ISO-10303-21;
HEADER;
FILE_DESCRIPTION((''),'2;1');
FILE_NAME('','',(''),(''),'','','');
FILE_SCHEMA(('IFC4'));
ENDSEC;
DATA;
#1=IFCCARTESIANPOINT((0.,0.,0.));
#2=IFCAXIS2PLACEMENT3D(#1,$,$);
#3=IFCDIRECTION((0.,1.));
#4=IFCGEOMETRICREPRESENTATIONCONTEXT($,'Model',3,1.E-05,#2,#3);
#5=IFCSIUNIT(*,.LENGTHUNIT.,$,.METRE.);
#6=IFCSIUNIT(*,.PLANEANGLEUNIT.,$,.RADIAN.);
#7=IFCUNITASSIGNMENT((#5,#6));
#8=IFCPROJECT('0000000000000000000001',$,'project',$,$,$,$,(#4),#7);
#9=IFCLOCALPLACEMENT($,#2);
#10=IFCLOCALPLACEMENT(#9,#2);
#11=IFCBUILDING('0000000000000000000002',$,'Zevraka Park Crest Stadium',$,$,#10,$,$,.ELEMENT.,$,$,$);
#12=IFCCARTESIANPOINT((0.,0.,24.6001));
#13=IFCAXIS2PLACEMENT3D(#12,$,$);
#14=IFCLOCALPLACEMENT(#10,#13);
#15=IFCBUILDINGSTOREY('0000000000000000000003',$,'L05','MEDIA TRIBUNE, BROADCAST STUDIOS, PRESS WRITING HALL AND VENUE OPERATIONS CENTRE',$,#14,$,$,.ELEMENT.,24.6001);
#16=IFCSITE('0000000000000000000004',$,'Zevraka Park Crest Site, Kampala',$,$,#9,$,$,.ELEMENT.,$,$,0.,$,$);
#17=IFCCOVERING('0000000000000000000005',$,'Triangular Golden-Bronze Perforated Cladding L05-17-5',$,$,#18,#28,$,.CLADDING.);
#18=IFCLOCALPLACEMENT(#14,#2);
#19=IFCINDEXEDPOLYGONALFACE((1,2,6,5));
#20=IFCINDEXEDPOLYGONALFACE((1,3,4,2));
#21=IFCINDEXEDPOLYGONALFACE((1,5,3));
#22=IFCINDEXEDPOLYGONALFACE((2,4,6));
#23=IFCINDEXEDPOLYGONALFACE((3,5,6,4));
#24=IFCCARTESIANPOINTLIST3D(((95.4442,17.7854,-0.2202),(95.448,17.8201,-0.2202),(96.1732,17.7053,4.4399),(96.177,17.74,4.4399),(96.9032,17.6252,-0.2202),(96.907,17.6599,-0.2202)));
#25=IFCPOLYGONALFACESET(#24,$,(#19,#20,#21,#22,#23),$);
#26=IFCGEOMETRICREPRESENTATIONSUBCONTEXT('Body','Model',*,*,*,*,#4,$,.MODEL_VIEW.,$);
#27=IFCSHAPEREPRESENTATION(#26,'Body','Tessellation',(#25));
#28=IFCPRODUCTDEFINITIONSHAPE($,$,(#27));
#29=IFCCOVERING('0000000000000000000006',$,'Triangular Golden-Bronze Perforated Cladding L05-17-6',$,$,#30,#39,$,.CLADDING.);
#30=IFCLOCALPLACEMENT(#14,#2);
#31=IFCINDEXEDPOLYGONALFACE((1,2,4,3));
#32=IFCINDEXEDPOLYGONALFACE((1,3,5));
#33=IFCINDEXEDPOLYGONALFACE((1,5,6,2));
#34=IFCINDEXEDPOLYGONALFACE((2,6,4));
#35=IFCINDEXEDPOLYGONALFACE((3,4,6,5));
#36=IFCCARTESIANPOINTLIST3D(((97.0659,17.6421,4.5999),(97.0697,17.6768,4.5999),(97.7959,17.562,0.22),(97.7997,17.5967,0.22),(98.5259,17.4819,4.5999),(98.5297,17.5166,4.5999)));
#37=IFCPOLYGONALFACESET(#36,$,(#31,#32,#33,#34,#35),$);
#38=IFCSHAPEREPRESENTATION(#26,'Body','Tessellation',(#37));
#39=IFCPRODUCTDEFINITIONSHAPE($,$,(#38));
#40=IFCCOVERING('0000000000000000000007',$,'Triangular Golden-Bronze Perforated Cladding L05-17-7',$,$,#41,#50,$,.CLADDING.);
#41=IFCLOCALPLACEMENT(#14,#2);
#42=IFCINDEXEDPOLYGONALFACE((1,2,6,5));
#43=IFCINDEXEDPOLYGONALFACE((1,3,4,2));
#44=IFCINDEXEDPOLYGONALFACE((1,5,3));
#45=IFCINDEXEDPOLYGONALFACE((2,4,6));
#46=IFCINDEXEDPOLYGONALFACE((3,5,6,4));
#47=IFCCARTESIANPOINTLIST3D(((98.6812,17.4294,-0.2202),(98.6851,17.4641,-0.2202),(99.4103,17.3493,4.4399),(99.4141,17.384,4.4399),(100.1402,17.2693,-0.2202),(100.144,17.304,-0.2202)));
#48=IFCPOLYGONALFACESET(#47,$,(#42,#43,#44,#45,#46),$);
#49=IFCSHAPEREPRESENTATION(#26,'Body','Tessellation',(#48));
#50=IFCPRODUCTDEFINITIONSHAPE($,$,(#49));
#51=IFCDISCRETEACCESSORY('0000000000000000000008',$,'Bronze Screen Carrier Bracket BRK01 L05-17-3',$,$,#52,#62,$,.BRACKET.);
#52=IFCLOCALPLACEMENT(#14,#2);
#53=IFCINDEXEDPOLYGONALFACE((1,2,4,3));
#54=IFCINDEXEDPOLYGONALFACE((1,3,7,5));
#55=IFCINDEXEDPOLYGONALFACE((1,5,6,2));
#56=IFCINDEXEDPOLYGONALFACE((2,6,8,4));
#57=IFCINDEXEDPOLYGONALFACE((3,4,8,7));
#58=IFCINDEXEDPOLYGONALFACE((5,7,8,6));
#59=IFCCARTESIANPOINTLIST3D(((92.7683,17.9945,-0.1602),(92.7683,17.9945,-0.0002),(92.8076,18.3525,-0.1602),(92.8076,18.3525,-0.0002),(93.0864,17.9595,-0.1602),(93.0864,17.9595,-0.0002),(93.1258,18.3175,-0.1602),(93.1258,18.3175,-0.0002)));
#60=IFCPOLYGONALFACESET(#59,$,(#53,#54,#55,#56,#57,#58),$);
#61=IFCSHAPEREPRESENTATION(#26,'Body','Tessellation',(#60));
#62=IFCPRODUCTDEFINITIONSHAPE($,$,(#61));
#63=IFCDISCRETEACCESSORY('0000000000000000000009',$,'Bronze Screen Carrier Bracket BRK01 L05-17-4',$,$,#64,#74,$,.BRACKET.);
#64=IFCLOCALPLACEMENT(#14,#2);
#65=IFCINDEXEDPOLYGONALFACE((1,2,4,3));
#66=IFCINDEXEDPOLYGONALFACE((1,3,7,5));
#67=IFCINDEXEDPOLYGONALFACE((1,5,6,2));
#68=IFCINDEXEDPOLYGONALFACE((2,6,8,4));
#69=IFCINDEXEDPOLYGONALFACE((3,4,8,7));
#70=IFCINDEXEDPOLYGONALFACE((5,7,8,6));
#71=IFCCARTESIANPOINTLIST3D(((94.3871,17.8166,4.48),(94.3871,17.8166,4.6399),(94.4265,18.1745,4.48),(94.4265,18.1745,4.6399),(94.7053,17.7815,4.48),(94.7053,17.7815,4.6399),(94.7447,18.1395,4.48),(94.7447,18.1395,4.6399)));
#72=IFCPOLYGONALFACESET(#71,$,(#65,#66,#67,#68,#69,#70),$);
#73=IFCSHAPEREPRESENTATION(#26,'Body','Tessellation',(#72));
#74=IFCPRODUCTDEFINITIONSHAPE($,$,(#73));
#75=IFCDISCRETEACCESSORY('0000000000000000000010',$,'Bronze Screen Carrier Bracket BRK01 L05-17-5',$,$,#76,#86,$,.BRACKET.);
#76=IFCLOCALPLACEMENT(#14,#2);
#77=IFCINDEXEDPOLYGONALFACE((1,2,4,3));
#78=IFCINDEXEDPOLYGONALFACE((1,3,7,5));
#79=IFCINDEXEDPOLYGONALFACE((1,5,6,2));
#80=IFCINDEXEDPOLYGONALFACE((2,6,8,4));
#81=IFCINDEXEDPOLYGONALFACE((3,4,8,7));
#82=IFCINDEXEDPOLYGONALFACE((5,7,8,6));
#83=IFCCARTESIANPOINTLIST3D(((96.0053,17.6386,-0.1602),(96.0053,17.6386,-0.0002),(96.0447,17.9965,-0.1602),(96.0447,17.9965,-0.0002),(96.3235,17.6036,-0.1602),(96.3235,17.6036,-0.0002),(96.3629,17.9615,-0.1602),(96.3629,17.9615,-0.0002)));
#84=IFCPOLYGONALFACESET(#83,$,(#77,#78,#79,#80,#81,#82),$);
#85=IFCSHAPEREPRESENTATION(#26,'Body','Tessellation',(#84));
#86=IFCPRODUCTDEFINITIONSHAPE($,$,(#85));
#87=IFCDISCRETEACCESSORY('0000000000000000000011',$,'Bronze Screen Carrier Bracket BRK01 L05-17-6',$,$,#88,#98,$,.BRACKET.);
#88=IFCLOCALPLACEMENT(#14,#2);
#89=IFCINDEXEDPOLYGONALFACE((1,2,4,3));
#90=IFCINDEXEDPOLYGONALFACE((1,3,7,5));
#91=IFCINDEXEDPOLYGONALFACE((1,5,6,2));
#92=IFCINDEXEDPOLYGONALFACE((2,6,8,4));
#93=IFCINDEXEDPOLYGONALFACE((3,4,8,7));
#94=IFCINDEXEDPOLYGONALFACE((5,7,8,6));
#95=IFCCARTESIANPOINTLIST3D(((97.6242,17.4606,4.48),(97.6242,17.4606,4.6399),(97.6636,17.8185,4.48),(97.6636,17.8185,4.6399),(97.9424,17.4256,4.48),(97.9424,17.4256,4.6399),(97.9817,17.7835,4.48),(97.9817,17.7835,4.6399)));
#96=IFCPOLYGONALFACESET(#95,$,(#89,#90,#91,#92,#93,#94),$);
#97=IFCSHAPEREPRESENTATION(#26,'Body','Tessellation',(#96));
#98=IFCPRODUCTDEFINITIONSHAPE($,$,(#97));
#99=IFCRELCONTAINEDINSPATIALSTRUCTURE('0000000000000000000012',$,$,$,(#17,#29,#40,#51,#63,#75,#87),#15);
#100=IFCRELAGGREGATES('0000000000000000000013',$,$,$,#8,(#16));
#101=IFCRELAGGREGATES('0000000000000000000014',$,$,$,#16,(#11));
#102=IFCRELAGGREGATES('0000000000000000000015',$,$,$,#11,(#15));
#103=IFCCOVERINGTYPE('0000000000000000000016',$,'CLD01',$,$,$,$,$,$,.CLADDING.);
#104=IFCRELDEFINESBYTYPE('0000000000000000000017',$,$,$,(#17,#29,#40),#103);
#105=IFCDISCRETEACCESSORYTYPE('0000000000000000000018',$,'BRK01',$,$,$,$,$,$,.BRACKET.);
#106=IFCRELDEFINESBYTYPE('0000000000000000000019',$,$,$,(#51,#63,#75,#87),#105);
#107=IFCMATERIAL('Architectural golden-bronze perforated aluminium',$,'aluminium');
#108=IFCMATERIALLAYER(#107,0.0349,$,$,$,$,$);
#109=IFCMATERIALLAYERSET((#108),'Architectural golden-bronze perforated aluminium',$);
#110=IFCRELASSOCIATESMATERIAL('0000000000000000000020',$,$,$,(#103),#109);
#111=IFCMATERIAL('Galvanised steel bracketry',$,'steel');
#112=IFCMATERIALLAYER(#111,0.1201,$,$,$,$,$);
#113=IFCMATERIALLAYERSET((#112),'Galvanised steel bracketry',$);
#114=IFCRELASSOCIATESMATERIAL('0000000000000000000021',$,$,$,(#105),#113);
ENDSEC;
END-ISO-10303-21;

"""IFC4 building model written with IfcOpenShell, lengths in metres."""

from ifc_helpers import new_model, si_unit, direction, frame, origin, origin_2d, place, context, subcontext, project, spatial, polyline, rectangle, outline, extrude, material, layer, layer_set, type_object, element, save


model = new_model("IFC4")

# Units and contexts
model_context = context("Model", 3, precision=1e-05, world=origin(), true_north=direction((0.0, 1.0)))
body_context = subcontext(model_context, "Body", "Model", "MODEL_VIEW")
ifc_project = project(units=[si_unit("LENGTHUNIT", "METRE"), si_unit("PLANEANGLEUNIT", "RADIAN")], contexts=[model_context])

# Site, building, storey
site_placement = place(None, origin())
site = spatial("IfcSite", under=ifc_project, at=site_placement, Name="Zevraka Park Crest Site, Kampala", CompositionType="ELEMENT", RefElevation=0.0)
building_placement = place(site_placement, origin())
building = spatial("IfcBuilding", under=site, at=building_placement, Name="Zevraka Park Crest Stadium", CompositionType="ELEMENT")
storey_placement = place(building_placement, frame((0.0, 0.0, 24.6001)))
storey = spatial("IfcBuildingStorey", under=building, at=storey_placement, Name="L05", Description="MEDIA TRIBUNE, BROADCAST STUDIOS, PRESS WRITING HALL AND VENUE OPERATIONS CENTRE", CompositionType="ELEMENT", Elevation=24.6001)

# Coverings
ifc_material_1 = material(Name="Architectural golden-bronze perforated aluminium", Category="aluminium")
ifc_layer_1 = layer(ifc_material_1, 0.0349)
ifc_layer_set_1 = layer_set([ifc_layer_1], Name="Architectural golden-bronze perforated aluminium")
covering_type = type_object("IfcCoveringType", Name="CLD01", PredefinedType="CLADDING", material=ifc_layer_set_1)
covering_1_placement = place(storey_placement, frame((95.448, 17.8201, -0.2202), z_axis=(0.109117, 0.994029, 0.000011), x_axis=(0.994029, -0.109117, 0.0)))
element("IfcCovering", 1, at=covering_1_placement, inside=storey, type_object=covering_type, Name="Triangular Golden-Bronze Perforated Cladding L05-17-5", PredefinedType="CLADDING", context=body_context, shape_type="SweptSolid", body=[
    extrude(outline(polyline([(0.0, 0.0), (1.4677, 0.0), (0.7334, -4.6602), (0.0, 0.0)])), origin(), (0.0, 0.0, -1.0), 0.0349),
])
covering_2_placement = place(storey_placement, frame((98.5259, 17.4819, 4.5999), z_axis=(-0.109045, -0.994037, 0.0), x_axis=(-0.994037, 0.109045, 0.0)))
element("IfcCovering", 2, at=covering_2_placement, inside=storey, type_object=covering_type, Name="Triangular Golden-Bronze Perforated Cladding L05-17-6", PredefinedType="CLADDING", context=body_context, shape_type="SweptSolid", body=[
    extrude(outline(polyline([(0.0, 0.0), (1.4687, 0.0), (0.7344, 4.3799), (0.0, 0.0)])), origin(), (0.0, 0.0, -1.0), 0.0349),
])
covering_3_placement = place(storey_placement, frame((98.6851, 17.4641, -0.2202), z_axis=(0.109117, 0.994029, 0.000011), x_axis=(0.994029, -0.109117, 0.0)))
element("IfcCovering", 3, at=covering_3_placement, inside=storey, type_object=covering_type, Name="Triangular Golden-Bronze Perforated Cladding L05-17-7", PredefinedType="CLADDING", context=body_context, shape_type="SweptSolid", body=[
    extrude(outline(polyline([(0.0, 0.0), (1.4677, 0.0), (0.7334, -4.6602), (0.0, 0.0)])), origin(), (0.0, 0.0, -1.0), 0.0349),
])

# Discrete accessories
ifc_material_2 = material(Name="Galvanised steel bracketry", Category="steel")
ifc_layer_2 = layer(ifc_material_2, 0.1201)
ifc_layer_set_2 = layer_set([ifc_layer_2], Name="Galvanised steel bracketry")
discrete_accessory_type = type_object("IfcDiscreteAccessoryType", Name="BRK01", PredefinedType="BRACKET", material=ifc_layer_set_2)
for number, where, z_axis, x_axis, name in (
    (4, (92.947, 18.156, -0.1602), (0.0, 0.0, 1.0), (0.993999, -0.109387, 0.0), "Bronze Screen Carrier Bracket BRK01 L05-17-3"),
    (5, (94.5659, 17.978, 4.48), (0.0, 0.0, 1.0), (0.993999, -0.109387, 0.0), "Bronze Screen Carrier Bracket BRK01 L05-17-4"),
    (6, (96.1841, 17.8, -0.1602), (0.0, 0.0, 1.0), (0.993999, -0.109387, 0.0), "Bronze Screen Carrier Bracket BRK01 L05-17-5"),
    (7, (97.803, 17.6221, 4.48), (0.0, 0.0, 1.0), (0.993999, -0.109387, 0.0), "Bronze Screen Carrier Bracket BRK01 L05-17-6"),
):
    element("IfcDiscreteAccessory", number, at=place(storey_placement, frame(where, z_axis=z_axis, x_axis=x_axis)), inside=storey, type_object=discrete_accessory_type, Name=name, PredefinedType="BRACKET", context=body_context, shape_type="SweptSolid", body=[
        extrude(rectangle(XDim=0.3201, YDim=0.3601, at=origin_2d()), origin(), (0.0, 0.0, 1.0), 0.1599),
    ])

save(model, "model.ifc")
